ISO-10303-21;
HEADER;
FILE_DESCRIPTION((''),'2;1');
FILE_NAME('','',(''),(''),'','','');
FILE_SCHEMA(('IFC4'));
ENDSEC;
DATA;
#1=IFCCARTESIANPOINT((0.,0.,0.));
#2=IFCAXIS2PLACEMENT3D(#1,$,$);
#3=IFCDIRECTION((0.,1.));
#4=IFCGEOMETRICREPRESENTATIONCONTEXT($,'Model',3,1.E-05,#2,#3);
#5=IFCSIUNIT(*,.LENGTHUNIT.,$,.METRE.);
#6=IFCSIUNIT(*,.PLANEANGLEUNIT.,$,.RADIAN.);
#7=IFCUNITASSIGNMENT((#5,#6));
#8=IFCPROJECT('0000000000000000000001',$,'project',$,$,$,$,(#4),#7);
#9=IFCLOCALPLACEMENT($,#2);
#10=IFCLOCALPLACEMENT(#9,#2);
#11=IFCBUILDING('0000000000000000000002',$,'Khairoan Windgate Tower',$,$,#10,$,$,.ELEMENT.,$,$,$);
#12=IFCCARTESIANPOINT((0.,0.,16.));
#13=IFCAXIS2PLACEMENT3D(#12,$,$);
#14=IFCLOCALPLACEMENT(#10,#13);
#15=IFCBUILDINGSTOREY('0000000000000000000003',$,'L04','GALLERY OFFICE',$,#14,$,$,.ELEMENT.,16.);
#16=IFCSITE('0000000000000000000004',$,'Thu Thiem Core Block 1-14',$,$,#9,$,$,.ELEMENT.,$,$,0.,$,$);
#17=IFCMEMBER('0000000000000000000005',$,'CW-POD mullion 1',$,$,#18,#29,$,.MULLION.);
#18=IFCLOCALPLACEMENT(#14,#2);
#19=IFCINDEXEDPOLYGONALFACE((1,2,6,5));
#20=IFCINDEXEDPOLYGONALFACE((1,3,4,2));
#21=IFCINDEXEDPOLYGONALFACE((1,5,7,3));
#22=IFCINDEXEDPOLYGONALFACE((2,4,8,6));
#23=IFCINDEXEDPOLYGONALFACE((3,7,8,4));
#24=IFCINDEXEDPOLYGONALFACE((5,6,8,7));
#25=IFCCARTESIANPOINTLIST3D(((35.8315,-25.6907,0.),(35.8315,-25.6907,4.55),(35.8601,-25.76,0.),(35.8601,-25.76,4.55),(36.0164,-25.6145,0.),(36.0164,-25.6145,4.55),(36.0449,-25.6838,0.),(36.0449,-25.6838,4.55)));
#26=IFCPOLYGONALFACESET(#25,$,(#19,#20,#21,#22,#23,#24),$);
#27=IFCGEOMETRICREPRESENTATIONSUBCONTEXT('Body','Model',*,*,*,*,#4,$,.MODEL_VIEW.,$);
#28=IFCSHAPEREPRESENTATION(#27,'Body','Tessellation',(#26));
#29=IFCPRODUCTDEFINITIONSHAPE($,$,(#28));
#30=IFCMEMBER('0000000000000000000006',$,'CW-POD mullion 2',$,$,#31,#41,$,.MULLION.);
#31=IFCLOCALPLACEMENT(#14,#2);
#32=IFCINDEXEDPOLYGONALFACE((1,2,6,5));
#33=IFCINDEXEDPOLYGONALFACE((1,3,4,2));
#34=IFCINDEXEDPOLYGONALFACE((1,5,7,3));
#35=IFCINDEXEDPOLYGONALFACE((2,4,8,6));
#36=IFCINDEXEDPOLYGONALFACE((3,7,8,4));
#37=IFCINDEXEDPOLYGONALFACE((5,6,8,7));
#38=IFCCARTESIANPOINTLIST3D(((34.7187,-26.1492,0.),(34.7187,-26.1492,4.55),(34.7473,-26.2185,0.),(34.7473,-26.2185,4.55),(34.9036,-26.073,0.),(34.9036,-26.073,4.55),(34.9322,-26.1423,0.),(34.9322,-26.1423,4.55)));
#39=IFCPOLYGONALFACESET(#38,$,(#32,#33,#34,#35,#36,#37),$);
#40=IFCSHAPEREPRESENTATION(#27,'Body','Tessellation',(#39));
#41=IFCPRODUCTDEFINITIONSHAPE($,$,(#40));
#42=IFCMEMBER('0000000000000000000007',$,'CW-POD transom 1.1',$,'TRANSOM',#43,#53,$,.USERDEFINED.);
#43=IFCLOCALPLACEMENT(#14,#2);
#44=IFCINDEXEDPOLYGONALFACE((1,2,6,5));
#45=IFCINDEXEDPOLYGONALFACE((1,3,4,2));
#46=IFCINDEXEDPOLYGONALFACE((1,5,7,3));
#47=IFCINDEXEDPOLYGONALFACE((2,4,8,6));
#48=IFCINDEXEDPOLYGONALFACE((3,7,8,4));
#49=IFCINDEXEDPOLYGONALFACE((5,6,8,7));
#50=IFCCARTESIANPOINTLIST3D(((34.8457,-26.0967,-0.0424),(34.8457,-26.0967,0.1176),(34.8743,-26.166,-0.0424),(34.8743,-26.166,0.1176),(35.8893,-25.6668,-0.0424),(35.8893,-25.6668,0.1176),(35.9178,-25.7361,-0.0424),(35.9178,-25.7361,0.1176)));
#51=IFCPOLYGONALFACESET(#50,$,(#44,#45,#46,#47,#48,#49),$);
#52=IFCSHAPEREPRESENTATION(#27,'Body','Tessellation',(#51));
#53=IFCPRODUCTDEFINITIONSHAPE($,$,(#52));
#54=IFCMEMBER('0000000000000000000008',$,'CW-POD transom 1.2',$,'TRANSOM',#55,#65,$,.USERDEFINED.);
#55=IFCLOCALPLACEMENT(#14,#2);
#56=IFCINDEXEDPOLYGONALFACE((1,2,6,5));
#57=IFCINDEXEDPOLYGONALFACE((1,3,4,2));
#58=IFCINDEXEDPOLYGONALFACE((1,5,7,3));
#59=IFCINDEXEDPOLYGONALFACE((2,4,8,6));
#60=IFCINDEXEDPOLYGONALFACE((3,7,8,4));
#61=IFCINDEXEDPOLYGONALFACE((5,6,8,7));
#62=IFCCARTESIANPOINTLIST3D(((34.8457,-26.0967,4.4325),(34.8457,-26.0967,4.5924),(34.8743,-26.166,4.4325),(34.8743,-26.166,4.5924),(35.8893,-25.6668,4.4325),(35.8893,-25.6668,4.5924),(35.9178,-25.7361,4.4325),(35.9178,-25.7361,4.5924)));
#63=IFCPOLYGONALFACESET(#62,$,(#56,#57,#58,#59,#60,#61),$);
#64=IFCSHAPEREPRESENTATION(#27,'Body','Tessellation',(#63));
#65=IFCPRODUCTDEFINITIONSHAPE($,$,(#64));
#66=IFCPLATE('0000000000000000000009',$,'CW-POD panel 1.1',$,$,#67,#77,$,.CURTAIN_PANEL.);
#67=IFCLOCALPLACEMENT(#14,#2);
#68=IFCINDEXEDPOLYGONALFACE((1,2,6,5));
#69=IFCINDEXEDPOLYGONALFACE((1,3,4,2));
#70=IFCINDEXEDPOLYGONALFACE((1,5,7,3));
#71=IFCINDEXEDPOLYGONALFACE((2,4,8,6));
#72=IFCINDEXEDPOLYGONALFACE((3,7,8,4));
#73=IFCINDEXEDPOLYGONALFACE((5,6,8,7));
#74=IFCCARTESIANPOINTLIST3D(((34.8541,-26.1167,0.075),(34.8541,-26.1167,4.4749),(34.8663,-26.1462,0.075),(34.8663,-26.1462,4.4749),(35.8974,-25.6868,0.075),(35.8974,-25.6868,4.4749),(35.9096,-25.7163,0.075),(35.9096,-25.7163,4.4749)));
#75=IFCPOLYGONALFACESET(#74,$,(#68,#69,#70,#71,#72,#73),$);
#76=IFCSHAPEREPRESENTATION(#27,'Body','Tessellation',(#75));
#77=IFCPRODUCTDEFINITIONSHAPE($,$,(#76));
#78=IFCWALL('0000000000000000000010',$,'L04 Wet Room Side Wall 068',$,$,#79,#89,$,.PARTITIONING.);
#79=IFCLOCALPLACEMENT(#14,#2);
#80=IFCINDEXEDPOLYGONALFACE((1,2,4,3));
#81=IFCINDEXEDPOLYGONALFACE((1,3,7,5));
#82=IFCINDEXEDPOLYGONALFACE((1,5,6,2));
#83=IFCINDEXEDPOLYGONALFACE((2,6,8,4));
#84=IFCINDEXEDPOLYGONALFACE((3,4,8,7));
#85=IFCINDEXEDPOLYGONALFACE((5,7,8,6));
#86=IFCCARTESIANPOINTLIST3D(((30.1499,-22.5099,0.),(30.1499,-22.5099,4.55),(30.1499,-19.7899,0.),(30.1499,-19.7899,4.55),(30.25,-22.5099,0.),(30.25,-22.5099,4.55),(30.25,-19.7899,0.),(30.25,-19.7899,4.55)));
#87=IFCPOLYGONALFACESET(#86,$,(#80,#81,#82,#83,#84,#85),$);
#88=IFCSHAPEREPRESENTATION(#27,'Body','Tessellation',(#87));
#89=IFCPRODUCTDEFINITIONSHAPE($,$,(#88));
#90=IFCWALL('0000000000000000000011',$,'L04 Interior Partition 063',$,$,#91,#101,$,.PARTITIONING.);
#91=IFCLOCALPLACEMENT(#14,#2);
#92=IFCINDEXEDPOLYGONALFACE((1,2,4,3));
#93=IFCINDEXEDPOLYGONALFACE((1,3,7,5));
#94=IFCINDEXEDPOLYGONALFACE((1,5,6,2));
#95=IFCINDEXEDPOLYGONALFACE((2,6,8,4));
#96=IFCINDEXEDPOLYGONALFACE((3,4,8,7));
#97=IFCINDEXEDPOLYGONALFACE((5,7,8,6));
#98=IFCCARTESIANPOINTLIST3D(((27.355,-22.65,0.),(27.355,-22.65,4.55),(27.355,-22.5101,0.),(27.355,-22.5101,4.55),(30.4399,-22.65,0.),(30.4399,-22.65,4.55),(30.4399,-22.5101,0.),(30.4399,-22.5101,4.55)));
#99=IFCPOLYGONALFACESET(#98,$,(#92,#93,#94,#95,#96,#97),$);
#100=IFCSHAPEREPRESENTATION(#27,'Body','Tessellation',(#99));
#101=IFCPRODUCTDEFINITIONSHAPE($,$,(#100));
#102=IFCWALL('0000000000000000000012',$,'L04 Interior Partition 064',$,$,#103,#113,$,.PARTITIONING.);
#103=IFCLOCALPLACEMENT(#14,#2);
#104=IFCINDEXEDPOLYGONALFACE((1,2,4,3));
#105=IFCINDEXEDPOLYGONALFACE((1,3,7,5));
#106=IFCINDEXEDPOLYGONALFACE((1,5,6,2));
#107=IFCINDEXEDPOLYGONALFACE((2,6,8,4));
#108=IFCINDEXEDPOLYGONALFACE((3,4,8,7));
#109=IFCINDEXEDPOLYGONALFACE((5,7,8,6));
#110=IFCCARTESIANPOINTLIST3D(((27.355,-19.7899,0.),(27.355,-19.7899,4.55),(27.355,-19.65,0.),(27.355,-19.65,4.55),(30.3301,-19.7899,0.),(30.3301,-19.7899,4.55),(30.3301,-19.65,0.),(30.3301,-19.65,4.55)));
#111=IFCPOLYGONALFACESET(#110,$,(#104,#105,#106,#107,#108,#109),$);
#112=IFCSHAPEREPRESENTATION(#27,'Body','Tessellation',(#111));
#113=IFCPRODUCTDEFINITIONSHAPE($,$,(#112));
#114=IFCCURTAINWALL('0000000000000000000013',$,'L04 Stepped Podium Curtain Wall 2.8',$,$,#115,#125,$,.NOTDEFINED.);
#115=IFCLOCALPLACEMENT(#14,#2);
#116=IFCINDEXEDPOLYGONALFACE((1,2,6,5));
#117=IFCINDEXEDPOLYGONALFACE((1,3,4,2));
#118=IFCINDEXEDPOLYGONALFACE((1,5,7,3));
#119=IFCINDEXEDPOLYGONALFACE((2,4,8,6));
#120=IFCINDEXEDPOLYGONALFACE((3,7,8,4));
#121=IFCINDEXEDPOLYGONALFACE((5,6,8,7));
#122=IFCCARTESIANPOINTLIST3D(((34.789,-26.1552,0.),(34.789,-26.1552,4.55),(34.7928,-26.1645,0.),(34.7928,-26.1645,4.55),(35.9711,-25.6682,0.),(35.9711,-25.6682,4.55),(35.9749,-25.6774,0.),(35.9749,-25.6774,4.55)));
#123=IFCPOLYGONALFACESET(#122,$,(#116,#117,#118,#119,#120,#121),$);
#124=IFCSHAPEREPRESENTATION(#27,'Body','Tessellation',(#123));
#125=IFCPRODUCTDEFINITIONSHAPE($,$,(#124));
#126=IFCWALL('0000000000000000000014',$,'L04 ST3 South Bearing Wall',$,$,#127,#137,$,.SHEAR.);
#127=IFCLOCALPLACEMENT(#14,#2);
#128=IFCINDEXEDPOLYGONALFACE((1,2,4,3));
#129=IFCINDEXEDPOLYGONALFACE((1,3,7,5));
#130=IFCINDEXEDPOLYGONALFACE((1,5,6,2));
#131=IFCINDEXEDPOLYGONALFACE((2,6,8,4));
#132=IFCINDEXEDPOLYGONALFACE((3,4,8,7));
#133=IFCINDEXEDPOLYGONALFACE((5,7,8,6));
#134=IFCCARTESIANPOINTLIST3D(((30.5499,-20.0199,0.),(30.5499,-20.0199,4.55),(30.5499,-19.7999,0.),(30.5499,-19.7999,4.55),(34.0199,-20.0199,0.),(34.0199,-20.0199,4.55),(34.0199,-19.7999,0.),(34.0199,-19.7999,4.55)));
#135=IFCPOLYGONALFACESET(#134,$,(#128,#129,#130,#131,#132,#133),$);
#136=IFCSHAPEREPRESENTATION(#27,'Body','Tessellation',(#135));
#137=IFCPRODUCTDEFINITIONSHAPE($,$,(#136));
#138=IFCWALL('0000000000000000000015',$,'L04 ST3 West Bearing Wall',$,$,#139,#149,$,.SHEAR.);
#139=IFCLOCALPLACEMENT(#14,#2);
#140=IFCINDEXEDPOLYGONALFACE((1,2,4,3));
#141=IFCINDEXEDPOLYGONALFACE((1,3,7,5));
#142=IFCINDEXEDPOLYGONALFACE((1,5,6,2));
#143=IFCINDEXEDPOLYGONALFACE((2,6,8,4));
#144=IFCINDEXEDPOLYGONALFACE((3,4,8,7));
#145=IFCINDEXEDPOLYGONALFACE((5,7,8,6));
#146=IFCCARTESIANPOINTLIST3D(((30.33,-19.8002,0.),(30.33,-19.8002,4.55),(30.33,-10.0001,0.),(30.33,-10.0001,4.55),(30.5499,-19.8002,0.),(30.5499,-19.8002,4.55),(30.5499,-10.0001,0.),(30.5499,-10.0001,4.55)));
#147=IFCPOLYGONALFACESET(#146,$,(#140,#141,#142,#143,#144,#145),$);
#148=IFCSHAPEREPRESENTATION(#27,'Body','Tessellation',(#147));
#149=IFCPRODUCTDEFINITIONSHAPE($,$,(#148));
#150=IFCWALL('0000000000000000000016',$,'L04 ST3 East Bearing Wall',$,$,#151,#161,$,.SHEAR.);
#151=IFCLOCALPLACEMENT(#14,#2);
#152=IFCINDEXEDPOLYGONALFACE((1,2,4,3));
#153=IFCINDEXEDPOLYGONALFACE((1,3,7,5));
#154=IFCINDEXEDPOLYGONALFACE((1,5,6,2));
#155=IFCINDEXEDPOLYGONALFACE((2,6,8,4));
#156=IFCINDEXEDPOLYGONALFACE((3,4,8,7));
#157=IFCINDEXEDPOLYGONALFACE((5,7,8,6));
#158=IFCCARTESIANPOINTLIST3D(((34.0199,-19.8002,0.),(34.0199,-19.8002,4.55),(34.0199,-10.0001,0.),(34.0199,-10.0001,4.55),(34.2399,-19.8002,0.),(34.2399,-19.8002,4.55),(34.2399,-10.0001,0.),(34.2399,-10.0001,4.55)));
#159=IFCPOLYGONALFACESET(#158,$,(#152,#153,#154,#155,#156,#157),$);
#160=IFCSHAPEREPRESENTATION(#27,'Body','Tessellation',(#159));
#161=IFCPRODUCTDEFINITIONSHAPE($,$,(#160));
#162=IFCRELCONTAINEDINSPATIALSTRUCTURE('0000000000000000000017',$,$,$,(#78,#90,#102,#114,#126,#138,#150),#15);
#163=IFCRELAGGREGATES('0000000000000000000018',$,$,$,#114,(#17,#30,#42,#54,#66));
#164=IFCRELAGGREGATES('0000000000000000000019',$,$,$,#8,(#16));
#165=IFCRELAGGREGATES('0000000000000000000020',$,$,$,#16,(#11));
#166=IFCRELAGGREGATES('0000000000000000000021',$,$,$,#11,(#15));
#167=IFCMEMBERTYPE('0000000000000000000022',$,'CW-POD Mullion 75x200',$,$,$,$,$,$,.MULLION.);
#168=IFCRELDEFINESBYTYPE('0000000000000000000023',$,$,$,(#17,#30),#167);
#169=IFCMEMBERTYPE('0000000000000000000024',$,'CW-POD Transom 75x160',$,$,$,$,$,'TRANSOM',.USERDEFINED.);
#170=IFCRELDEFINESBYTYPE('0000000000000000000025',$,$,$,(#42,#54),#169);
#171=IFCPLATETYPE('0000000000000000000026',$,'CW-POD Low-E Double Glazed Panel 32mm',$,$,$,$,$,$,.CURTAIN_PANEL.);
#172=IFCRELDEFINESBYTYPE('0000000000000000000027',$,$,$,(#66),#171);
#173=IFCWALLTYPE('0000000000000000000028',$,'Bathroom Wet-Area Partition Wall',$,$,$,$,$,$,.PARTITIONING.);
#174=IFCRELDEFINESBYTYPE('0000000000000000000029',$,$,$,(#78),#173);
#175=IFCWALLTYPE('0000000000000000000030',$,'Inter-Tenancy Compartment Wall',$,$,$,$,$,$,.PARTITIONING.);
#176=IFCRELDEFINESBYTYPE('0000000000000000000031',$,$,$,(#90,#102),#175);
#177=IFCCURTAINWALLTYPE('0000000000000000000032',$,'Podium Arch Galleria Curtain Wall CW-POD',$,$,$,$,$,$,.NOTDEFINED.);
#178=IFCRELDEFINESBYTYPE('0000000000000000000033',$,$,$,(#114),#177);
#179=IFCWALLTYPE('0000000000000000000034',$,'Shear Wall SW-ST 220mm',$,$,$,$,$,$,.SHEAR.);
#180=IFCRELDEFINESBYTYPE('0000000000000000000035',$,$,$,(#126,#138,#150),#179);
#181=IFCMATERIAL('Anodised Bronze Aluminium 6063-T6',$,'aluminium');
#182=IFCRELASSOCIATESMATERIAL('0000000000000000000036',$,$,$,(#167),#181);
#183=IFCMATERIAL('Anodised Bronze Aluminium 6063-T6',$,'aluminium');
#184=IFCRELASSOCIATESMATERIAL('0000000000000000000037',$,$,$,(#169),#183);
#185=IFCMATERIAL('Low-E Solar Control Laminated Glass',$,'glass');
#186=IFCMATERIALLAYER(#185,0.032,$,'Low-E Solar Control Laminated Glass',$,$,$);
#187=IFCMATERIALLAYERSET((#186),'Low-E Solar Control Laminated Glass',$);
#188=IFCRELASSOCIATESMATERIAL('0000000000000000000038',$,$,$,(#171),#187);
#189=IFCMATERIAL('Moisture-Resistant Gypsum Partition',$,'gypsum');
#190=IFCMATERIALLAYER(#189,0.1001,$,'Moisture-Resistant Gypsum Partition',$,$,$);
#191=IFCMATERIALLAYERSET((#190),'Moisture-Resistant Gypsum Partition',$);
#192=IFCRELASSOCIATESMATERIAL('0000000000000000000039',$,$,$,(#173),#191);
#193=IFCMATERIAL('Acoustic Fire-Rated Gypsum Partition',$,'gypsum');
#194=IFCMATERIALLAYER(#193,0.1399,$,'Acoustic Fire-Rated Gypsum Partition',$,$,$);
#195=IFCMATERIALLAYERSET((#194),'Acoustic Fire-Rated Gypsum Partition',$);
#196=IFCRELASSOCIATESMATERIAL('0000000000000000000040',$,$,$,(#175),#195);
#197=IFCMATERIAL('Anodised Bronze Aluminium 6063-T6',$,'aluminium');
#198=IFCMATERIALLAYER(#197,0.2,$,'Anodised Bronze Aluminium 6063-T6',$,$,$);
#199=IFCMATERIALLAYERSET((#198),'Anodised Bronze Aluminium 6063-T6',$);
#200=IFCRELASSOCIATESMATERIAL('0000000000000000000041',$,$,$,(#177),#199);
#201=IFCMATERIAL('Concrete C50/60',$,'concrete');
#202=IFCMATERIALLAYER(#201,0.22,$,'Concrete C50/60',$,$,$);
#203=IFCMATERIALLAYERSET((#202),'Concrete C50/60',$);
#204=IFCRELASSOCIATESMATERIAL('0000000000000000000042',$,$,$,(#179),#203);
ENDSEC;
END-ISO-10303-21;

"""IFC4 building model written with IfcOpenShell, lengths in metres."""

from ifc_helpers import new_model, si_unit, direction, frame, frame_2d, origin, origin_2d, place, context, subcontext, project, spatial, rectangle, extrude, material, layer, layer_set, material_profile, profile_set, type_object, element, aggregate, save


model = new_model("IFC4")

# Units and contexts
model_context = context("Model", 3, precision=1e-05, world=origin(), true_north=direction((0.0, 1.0)))
body_context = subcontext(model_context, "Body", "Model", "MODEL_VIEW")
ifc_project = project(units=[si_unit("LENGTHUNIT", "METRE"), si_unit("PLANEANGLEUNIT", "RADIAN")], contexts=[model_context])

# Site, building, storey
site_placement = place(None, origin())
site = spatial("IfcSite", under=ifc_project, at=site_placement, Name="Thu Thiem Core Block 1-14", CompositionType="ELEMENT", RefElevation=0.0)
building_placement = place(site_placement, origin())
building = spatial("IfcBuilding", under=site, at=building_placement, Name="Khairoan Windgate Tower", CompositionType="ELEMENT")
storey_placement = place(building_placement, frame((0.0, 0.0, 16.0)))
storey = spatial("IfcBuildingStorey", under=building, at=storey_placement, Name="L04", Description="GALLERY OFFICE", CompositionType="ELEMENT", Elevation=16.0)

# Members
ifc_material_1 = material(Name="Anodised Bronze Aluminium 6063-T6", Category="aluminium")
ifc_material_profile_1 = material_profile(ifc_material_1, rectangle(XDim=0.075, YDim=0.2, at=origin_2d()))
ifc_profile_set_1 = profile_set([ifc_material_profile_1], Name="Anodised Bronze Aluminium 6063-T6")
member_type_1 = type_object("IfcMemberType", Name="CW-POD Mullion 75x200", PredefinedType="MULLION", material=ifc_profile_set_1)
member_1_placement = place(storey_placement, frame((35.9382, -25.6873, 0.0), z_axis=(0.0, 0.0, 1.0), x_axis=(0.380986, -0.924581, 0.0)))
member_1 = element("IfcMember", 1, at=member_1_placement, type_object=member_type_1, Name="CW-POD mullion 1", PredefinedType="MULLION", context=body_context, shape_type="SweptSolid", body=[
    extrude(rectangle(XDim=0.075, YDim=0.2, at=origin_2d()), origin(), (0.0, 0.0, 1.0), 4.55),
])
member_2_placement = place(storey_placement, frame((34.8254, -26.1458, 0.0), z_axis=(0.0, 0.0, 1.0), x_axis=(0.380986, -0.924581, 0.0)))
member_2 = element("IfcMember", 2, at=member_2_placement, type_object=member_type_1, Name="CW-POD mullion 2", PredefinedType="MULLION", context=body_context, shape_type="SweptSolid", body=[
    extrude(rectangle(XDim=0.075, YDim=0.2, at=origin_2d()), origin(), (0.0, 0.0, 1.0), 4.55),
])
ifc_material_2 = material(Name="Anodised Bronze Aluminium 6063-T6", Category="aluminium")
ifc_material_profile_2 = material_profile(ifc_material_2, rectangle(XDim=0.075, YDim=0.1599, at=origin_2d()))
ifc_profile_set_2 = profile_set([ifc_material_profile_2], Name="Anodised Bronze Aluminium 6063-T6")
member_type_2 = type_object("IfcMemberType", Name="CW-POD Transom 75x160", ElementType="TRANSOM", PredefinedType="USERDEFINED", material=ifc_profile_set_2)
member_3_placement = place(storey_placement, frame((35.9036, -25.7014, 0.0376), z_axis=(-0.924593, -0.380957, 0.0), x_axis=(0.380957, -0.924593, 0.0)))
member_3 = element("IfcMember", 3, at=member_3_placement, type_object=member_type_2, Name="CW-POD transom 1.1", ObjectType="TRANSOM", PredefinedType="USERDEFINED", context=body_context, shape_type="SweptSolid", body=[
    extrude(rectangle(XDim=0.075, YDim=0.1599, at=origin_2d()), origin(), (0.0, 0.0, 1.0), 1.1287),
])
member_4_placement = place(storey_placement, frame((35.9036, -25.7014, 4.5125), z_axis=(-0.924593, -0.380957, 0.0), x_axis=(0.380957, -0.924593, 0.0)))
member_4 = element("IfcMember", 4, at=member_4_placement, type_object=member_type_2, Name="CW-POD transom 1.2", ObjectType="TRANSOM", PredefinedType="USERDEFINED", context=body_context, shape_type="SweptSolid", body=[
    extrude(rectangle(XDim=0.075, YDim=0.1599, at=origin_2d()), origin(), (0.0, 0.0, 1.0), 1.1287),
])

# Plate
ifc_material_3 = material(Name="Low-E Solar Control Laminated Glass", Category="glass")
ifc_layer_1 = layer(ifc_material_3, 0.032, Name="Low-E Solar Control Laminated Glass")
ifc_layer_set_1 = layer_set([ifc_layer_1], Name="Low-E Solar Control Laminated Glass")
plate_type = type_object("IfcPlateType", Name="CW-POD Low-E Double Glazed Panel 32mm", PredefinedType="CURTAIN_PANEL", material=ifc_layer_set_1)
plate_1_placement = place(storey_placement, frame((35.3818, -25.9165, 0.075), z_axis=(0.0, 0.0, 1.0), x_axis=(-0.924581, -0.380986, 0.0)))
plate_1 = element("IfcPlate", 5, at=plate_1_placement, type_object=plate_type, Name="CW-POD panel 1.1", PredefinedType="CURTAIN_PANEL", context=body_context, shape_type="SweptSolid", body=[
    extrude(rectangle(XDim=1.1284, YDim=0.032, at=origin_2d()), origin(), (0.0, 0.0, 1.0), 4.3999),
])

# Walls
ifc_material_4 = material(Name="Moisture-Resistant Gypsum Partition", Category="gypsum")
ifc_layer_2 = layer(ifc_material_4, 0.1001, Name="Moisture-Resistant Gypsum Partition")
ifc_layer_set_2 = layer_set([ifc_layer_2], Name="Moisture-Resistant Gypsum Partition")
wall_type_1 = type_object("IfcWallType", Name="Bathroom Wet-Area Partition Wall", PredefinedType="PARTITIONING", material=ifc_layer_set_2)
wall_1_placement = place(storey_placement, frame((30.2, -19.79, 0.0), z_axis=(0.0, 0.0, 1.0), x_axis=(0.0, -1.0, 0.0)))
element("IfcWall", 6, at=wall_1_placement, inside=storey, type_object=wall_type_1, Name="L04 Wet Room Side Wall 068", PredefinedType="PARTITIONING", context=body_context, shape_type="SweptSolid", body=[
    extrude(rectangle(XDim=2.72, YDim=0.1001, at=frame_2d((1.3599, 0.0))), origin(), (0.0, 0.0, 1.0), 4.55),
])
ifc_material_5 = material(Name="Acoustic Fire-Rated Gypsum Partition", Category="gypsum")
ifc_layer_3 = layer(ifc_material_5, 0.1399, Name="Acoustic Fire-Rated Gypsum Partition")
ifc_layer_set_3 = layer_set([ifc_layer_3], Name="Acoustic Fire-Rated Gypsum Partition")
wall_type_2 = type_object("IfcWallType", Name="Inter-Tenancy Compartment Wall", PredefinedType="PARTITIONING", material=ifc_layer_set_3)
wall_2_placement = place(storey_placement, frame((27.355, -22.5801, 0.0), z_axis=(0.0, 0.0, 1.0), x_axis=(1.0, 0.0, 0.0)))
element("IfcWall", 7, at=wall_2_placement, inside=storey, type_object=wall_type_2, Name="L04 Interior Partition 063", PredefinedType="PARTITIONING", context=body_context, shape_type="SweptSolid", body=[
    extrude(rectangle(XDim=3.085, YDim=0.1399, at=frame_2d((1.5425, 0.0))), origin(), (0.0, 0.0, 1.0), 4.55),
])
wall_3_placement = place(storey_placement, frame((27.355, -19.72, 0.0), z_axis=(0.0, 0.0, 1.0), x_axis=(1.0, 0.0, 0.0)))
element("IfcWall", 8, at=wall_3_placement, inside=storey, type_object=wall_type_2, Name="L04 Interior Partition 064", PredefinedType="PARTITIONING", context=body_context, shape_type="SweptSolid", body=[
    extrude(rectangle(XDim=2.9751, YDim=0.1399, at=frame_2d((1.4875, 0.0))), origin(), (0.0, 0.0, 1.0), 4.55),
])

# Curtain wall
ifc_material_6 = material(Name="Anodised Bronze Aluminium 6063-T6", Category="aluminium")
ifc_layer_4 = layer(ifc_material_6, 0.2, Name="Anodised Bronze Aluminium 6063-T6")
ifc_layer_set_4 = layer_set([ifc_layer_4], Name="Anodised Bronze Aluminium 6063-T6")
curtain_wall_type = type_object("IfcCurtainWallType", Name="Podium Arch Galleria Curtain Wall CW-POD", PredefinedType="NOTDEFINED", material=ifc_layer_set_4)
curtain_wall_1_placement = place(storey_placement, frame((35.9729, -25.6729, 0.0), z_axis=(0.0, 0.0, 1.0), x_axis=(-0.924595, -0.380951, 0.0)))
curtain_wall_1 = element("IfcCurtainWall", 9, at=curtain_wall_1_placement, inside=storey, type_object=curtain_wall_type, Name="L04 Stepped Podium Curtain Wall 2.8", PredefinedType="NOTDEFINED", context=body_context, shape_type="SweptSolid", body=[
    extrude(rectangle(XDim=1.2786, YDim=0.01, at=frame_2d((0.6392, 0.0))), origin(), (0.0, 0.0, 1.0), 4.55),
])
aggregate(curtain_wall_1, [member_1, member_2, member_3, member_4, plate_1])

# Walls
ifc_material_7 = material(Name="Concrete C50/60", Category="concrete")
ifc_layer_5 = layer(ifc_material_7, 0.22, Name="Concrete C50/60")
ifc_layer_set_5 = layer_set([ifc_layer_5], Name="Concrete C50/60")
wall_type_3 = type_object("IfcWallType", Name="Shear Wall SW-ST 220mm", PredefinedType="SHEAR", material=ifc_layer_set_5)
wall_4_placement = place(storey_placement, frame((30.55, -19.9099, 0.0), z_axis=(0.0, 0.0, 1.0), x_axis=(1.0, 0.0, 0.0)))
element("IfcWall", 10, at=wall_4_placement, inside=storey, type_object=wall_type_3, Name="L04 ST3 South Bearing Wall", PredefinedType="SHEAR", context=body_context, shape_type="SweptSolid", body=[
    extrude(rectangle(XDim=3.47, YDim=0.22, at=frame_2d((1.7349, 0.0))), origin(), (0.0, 0.0, 1.0), 4.55),
])
for number, where, z_axis, x_axis, name in (
    (11, (30.4399, -19.8, 0.0), (0.0, 0.0, 1.0), (0.0, 1.0, 0.0), "L04 ST3 West Bearing Wall"),
    (12, (34.1299, -19.8, 0.0), (0.0, 0.0, 1.0), (0.0, 1.0, 0.0), "L04 ST3 East Bearing Wall"),
):
    element("IfcWall", number, at=place(storey_placement, frame(where, z_axis=z_axis, x_axis=x_axis)), inside=storey, type_object=wall_type_3, Name=name, PredefinedType="SHEAR", context=body_context, shape_type="SweptSolid", body=[
        extrude(rectangle(XDim=9.8, YDim=0.22, at=frame_2d((4.8999, 0.0))), origin(), (0.0, 0.0, 1.0), 4.55),
    ])

save(model, "model.ifc")
